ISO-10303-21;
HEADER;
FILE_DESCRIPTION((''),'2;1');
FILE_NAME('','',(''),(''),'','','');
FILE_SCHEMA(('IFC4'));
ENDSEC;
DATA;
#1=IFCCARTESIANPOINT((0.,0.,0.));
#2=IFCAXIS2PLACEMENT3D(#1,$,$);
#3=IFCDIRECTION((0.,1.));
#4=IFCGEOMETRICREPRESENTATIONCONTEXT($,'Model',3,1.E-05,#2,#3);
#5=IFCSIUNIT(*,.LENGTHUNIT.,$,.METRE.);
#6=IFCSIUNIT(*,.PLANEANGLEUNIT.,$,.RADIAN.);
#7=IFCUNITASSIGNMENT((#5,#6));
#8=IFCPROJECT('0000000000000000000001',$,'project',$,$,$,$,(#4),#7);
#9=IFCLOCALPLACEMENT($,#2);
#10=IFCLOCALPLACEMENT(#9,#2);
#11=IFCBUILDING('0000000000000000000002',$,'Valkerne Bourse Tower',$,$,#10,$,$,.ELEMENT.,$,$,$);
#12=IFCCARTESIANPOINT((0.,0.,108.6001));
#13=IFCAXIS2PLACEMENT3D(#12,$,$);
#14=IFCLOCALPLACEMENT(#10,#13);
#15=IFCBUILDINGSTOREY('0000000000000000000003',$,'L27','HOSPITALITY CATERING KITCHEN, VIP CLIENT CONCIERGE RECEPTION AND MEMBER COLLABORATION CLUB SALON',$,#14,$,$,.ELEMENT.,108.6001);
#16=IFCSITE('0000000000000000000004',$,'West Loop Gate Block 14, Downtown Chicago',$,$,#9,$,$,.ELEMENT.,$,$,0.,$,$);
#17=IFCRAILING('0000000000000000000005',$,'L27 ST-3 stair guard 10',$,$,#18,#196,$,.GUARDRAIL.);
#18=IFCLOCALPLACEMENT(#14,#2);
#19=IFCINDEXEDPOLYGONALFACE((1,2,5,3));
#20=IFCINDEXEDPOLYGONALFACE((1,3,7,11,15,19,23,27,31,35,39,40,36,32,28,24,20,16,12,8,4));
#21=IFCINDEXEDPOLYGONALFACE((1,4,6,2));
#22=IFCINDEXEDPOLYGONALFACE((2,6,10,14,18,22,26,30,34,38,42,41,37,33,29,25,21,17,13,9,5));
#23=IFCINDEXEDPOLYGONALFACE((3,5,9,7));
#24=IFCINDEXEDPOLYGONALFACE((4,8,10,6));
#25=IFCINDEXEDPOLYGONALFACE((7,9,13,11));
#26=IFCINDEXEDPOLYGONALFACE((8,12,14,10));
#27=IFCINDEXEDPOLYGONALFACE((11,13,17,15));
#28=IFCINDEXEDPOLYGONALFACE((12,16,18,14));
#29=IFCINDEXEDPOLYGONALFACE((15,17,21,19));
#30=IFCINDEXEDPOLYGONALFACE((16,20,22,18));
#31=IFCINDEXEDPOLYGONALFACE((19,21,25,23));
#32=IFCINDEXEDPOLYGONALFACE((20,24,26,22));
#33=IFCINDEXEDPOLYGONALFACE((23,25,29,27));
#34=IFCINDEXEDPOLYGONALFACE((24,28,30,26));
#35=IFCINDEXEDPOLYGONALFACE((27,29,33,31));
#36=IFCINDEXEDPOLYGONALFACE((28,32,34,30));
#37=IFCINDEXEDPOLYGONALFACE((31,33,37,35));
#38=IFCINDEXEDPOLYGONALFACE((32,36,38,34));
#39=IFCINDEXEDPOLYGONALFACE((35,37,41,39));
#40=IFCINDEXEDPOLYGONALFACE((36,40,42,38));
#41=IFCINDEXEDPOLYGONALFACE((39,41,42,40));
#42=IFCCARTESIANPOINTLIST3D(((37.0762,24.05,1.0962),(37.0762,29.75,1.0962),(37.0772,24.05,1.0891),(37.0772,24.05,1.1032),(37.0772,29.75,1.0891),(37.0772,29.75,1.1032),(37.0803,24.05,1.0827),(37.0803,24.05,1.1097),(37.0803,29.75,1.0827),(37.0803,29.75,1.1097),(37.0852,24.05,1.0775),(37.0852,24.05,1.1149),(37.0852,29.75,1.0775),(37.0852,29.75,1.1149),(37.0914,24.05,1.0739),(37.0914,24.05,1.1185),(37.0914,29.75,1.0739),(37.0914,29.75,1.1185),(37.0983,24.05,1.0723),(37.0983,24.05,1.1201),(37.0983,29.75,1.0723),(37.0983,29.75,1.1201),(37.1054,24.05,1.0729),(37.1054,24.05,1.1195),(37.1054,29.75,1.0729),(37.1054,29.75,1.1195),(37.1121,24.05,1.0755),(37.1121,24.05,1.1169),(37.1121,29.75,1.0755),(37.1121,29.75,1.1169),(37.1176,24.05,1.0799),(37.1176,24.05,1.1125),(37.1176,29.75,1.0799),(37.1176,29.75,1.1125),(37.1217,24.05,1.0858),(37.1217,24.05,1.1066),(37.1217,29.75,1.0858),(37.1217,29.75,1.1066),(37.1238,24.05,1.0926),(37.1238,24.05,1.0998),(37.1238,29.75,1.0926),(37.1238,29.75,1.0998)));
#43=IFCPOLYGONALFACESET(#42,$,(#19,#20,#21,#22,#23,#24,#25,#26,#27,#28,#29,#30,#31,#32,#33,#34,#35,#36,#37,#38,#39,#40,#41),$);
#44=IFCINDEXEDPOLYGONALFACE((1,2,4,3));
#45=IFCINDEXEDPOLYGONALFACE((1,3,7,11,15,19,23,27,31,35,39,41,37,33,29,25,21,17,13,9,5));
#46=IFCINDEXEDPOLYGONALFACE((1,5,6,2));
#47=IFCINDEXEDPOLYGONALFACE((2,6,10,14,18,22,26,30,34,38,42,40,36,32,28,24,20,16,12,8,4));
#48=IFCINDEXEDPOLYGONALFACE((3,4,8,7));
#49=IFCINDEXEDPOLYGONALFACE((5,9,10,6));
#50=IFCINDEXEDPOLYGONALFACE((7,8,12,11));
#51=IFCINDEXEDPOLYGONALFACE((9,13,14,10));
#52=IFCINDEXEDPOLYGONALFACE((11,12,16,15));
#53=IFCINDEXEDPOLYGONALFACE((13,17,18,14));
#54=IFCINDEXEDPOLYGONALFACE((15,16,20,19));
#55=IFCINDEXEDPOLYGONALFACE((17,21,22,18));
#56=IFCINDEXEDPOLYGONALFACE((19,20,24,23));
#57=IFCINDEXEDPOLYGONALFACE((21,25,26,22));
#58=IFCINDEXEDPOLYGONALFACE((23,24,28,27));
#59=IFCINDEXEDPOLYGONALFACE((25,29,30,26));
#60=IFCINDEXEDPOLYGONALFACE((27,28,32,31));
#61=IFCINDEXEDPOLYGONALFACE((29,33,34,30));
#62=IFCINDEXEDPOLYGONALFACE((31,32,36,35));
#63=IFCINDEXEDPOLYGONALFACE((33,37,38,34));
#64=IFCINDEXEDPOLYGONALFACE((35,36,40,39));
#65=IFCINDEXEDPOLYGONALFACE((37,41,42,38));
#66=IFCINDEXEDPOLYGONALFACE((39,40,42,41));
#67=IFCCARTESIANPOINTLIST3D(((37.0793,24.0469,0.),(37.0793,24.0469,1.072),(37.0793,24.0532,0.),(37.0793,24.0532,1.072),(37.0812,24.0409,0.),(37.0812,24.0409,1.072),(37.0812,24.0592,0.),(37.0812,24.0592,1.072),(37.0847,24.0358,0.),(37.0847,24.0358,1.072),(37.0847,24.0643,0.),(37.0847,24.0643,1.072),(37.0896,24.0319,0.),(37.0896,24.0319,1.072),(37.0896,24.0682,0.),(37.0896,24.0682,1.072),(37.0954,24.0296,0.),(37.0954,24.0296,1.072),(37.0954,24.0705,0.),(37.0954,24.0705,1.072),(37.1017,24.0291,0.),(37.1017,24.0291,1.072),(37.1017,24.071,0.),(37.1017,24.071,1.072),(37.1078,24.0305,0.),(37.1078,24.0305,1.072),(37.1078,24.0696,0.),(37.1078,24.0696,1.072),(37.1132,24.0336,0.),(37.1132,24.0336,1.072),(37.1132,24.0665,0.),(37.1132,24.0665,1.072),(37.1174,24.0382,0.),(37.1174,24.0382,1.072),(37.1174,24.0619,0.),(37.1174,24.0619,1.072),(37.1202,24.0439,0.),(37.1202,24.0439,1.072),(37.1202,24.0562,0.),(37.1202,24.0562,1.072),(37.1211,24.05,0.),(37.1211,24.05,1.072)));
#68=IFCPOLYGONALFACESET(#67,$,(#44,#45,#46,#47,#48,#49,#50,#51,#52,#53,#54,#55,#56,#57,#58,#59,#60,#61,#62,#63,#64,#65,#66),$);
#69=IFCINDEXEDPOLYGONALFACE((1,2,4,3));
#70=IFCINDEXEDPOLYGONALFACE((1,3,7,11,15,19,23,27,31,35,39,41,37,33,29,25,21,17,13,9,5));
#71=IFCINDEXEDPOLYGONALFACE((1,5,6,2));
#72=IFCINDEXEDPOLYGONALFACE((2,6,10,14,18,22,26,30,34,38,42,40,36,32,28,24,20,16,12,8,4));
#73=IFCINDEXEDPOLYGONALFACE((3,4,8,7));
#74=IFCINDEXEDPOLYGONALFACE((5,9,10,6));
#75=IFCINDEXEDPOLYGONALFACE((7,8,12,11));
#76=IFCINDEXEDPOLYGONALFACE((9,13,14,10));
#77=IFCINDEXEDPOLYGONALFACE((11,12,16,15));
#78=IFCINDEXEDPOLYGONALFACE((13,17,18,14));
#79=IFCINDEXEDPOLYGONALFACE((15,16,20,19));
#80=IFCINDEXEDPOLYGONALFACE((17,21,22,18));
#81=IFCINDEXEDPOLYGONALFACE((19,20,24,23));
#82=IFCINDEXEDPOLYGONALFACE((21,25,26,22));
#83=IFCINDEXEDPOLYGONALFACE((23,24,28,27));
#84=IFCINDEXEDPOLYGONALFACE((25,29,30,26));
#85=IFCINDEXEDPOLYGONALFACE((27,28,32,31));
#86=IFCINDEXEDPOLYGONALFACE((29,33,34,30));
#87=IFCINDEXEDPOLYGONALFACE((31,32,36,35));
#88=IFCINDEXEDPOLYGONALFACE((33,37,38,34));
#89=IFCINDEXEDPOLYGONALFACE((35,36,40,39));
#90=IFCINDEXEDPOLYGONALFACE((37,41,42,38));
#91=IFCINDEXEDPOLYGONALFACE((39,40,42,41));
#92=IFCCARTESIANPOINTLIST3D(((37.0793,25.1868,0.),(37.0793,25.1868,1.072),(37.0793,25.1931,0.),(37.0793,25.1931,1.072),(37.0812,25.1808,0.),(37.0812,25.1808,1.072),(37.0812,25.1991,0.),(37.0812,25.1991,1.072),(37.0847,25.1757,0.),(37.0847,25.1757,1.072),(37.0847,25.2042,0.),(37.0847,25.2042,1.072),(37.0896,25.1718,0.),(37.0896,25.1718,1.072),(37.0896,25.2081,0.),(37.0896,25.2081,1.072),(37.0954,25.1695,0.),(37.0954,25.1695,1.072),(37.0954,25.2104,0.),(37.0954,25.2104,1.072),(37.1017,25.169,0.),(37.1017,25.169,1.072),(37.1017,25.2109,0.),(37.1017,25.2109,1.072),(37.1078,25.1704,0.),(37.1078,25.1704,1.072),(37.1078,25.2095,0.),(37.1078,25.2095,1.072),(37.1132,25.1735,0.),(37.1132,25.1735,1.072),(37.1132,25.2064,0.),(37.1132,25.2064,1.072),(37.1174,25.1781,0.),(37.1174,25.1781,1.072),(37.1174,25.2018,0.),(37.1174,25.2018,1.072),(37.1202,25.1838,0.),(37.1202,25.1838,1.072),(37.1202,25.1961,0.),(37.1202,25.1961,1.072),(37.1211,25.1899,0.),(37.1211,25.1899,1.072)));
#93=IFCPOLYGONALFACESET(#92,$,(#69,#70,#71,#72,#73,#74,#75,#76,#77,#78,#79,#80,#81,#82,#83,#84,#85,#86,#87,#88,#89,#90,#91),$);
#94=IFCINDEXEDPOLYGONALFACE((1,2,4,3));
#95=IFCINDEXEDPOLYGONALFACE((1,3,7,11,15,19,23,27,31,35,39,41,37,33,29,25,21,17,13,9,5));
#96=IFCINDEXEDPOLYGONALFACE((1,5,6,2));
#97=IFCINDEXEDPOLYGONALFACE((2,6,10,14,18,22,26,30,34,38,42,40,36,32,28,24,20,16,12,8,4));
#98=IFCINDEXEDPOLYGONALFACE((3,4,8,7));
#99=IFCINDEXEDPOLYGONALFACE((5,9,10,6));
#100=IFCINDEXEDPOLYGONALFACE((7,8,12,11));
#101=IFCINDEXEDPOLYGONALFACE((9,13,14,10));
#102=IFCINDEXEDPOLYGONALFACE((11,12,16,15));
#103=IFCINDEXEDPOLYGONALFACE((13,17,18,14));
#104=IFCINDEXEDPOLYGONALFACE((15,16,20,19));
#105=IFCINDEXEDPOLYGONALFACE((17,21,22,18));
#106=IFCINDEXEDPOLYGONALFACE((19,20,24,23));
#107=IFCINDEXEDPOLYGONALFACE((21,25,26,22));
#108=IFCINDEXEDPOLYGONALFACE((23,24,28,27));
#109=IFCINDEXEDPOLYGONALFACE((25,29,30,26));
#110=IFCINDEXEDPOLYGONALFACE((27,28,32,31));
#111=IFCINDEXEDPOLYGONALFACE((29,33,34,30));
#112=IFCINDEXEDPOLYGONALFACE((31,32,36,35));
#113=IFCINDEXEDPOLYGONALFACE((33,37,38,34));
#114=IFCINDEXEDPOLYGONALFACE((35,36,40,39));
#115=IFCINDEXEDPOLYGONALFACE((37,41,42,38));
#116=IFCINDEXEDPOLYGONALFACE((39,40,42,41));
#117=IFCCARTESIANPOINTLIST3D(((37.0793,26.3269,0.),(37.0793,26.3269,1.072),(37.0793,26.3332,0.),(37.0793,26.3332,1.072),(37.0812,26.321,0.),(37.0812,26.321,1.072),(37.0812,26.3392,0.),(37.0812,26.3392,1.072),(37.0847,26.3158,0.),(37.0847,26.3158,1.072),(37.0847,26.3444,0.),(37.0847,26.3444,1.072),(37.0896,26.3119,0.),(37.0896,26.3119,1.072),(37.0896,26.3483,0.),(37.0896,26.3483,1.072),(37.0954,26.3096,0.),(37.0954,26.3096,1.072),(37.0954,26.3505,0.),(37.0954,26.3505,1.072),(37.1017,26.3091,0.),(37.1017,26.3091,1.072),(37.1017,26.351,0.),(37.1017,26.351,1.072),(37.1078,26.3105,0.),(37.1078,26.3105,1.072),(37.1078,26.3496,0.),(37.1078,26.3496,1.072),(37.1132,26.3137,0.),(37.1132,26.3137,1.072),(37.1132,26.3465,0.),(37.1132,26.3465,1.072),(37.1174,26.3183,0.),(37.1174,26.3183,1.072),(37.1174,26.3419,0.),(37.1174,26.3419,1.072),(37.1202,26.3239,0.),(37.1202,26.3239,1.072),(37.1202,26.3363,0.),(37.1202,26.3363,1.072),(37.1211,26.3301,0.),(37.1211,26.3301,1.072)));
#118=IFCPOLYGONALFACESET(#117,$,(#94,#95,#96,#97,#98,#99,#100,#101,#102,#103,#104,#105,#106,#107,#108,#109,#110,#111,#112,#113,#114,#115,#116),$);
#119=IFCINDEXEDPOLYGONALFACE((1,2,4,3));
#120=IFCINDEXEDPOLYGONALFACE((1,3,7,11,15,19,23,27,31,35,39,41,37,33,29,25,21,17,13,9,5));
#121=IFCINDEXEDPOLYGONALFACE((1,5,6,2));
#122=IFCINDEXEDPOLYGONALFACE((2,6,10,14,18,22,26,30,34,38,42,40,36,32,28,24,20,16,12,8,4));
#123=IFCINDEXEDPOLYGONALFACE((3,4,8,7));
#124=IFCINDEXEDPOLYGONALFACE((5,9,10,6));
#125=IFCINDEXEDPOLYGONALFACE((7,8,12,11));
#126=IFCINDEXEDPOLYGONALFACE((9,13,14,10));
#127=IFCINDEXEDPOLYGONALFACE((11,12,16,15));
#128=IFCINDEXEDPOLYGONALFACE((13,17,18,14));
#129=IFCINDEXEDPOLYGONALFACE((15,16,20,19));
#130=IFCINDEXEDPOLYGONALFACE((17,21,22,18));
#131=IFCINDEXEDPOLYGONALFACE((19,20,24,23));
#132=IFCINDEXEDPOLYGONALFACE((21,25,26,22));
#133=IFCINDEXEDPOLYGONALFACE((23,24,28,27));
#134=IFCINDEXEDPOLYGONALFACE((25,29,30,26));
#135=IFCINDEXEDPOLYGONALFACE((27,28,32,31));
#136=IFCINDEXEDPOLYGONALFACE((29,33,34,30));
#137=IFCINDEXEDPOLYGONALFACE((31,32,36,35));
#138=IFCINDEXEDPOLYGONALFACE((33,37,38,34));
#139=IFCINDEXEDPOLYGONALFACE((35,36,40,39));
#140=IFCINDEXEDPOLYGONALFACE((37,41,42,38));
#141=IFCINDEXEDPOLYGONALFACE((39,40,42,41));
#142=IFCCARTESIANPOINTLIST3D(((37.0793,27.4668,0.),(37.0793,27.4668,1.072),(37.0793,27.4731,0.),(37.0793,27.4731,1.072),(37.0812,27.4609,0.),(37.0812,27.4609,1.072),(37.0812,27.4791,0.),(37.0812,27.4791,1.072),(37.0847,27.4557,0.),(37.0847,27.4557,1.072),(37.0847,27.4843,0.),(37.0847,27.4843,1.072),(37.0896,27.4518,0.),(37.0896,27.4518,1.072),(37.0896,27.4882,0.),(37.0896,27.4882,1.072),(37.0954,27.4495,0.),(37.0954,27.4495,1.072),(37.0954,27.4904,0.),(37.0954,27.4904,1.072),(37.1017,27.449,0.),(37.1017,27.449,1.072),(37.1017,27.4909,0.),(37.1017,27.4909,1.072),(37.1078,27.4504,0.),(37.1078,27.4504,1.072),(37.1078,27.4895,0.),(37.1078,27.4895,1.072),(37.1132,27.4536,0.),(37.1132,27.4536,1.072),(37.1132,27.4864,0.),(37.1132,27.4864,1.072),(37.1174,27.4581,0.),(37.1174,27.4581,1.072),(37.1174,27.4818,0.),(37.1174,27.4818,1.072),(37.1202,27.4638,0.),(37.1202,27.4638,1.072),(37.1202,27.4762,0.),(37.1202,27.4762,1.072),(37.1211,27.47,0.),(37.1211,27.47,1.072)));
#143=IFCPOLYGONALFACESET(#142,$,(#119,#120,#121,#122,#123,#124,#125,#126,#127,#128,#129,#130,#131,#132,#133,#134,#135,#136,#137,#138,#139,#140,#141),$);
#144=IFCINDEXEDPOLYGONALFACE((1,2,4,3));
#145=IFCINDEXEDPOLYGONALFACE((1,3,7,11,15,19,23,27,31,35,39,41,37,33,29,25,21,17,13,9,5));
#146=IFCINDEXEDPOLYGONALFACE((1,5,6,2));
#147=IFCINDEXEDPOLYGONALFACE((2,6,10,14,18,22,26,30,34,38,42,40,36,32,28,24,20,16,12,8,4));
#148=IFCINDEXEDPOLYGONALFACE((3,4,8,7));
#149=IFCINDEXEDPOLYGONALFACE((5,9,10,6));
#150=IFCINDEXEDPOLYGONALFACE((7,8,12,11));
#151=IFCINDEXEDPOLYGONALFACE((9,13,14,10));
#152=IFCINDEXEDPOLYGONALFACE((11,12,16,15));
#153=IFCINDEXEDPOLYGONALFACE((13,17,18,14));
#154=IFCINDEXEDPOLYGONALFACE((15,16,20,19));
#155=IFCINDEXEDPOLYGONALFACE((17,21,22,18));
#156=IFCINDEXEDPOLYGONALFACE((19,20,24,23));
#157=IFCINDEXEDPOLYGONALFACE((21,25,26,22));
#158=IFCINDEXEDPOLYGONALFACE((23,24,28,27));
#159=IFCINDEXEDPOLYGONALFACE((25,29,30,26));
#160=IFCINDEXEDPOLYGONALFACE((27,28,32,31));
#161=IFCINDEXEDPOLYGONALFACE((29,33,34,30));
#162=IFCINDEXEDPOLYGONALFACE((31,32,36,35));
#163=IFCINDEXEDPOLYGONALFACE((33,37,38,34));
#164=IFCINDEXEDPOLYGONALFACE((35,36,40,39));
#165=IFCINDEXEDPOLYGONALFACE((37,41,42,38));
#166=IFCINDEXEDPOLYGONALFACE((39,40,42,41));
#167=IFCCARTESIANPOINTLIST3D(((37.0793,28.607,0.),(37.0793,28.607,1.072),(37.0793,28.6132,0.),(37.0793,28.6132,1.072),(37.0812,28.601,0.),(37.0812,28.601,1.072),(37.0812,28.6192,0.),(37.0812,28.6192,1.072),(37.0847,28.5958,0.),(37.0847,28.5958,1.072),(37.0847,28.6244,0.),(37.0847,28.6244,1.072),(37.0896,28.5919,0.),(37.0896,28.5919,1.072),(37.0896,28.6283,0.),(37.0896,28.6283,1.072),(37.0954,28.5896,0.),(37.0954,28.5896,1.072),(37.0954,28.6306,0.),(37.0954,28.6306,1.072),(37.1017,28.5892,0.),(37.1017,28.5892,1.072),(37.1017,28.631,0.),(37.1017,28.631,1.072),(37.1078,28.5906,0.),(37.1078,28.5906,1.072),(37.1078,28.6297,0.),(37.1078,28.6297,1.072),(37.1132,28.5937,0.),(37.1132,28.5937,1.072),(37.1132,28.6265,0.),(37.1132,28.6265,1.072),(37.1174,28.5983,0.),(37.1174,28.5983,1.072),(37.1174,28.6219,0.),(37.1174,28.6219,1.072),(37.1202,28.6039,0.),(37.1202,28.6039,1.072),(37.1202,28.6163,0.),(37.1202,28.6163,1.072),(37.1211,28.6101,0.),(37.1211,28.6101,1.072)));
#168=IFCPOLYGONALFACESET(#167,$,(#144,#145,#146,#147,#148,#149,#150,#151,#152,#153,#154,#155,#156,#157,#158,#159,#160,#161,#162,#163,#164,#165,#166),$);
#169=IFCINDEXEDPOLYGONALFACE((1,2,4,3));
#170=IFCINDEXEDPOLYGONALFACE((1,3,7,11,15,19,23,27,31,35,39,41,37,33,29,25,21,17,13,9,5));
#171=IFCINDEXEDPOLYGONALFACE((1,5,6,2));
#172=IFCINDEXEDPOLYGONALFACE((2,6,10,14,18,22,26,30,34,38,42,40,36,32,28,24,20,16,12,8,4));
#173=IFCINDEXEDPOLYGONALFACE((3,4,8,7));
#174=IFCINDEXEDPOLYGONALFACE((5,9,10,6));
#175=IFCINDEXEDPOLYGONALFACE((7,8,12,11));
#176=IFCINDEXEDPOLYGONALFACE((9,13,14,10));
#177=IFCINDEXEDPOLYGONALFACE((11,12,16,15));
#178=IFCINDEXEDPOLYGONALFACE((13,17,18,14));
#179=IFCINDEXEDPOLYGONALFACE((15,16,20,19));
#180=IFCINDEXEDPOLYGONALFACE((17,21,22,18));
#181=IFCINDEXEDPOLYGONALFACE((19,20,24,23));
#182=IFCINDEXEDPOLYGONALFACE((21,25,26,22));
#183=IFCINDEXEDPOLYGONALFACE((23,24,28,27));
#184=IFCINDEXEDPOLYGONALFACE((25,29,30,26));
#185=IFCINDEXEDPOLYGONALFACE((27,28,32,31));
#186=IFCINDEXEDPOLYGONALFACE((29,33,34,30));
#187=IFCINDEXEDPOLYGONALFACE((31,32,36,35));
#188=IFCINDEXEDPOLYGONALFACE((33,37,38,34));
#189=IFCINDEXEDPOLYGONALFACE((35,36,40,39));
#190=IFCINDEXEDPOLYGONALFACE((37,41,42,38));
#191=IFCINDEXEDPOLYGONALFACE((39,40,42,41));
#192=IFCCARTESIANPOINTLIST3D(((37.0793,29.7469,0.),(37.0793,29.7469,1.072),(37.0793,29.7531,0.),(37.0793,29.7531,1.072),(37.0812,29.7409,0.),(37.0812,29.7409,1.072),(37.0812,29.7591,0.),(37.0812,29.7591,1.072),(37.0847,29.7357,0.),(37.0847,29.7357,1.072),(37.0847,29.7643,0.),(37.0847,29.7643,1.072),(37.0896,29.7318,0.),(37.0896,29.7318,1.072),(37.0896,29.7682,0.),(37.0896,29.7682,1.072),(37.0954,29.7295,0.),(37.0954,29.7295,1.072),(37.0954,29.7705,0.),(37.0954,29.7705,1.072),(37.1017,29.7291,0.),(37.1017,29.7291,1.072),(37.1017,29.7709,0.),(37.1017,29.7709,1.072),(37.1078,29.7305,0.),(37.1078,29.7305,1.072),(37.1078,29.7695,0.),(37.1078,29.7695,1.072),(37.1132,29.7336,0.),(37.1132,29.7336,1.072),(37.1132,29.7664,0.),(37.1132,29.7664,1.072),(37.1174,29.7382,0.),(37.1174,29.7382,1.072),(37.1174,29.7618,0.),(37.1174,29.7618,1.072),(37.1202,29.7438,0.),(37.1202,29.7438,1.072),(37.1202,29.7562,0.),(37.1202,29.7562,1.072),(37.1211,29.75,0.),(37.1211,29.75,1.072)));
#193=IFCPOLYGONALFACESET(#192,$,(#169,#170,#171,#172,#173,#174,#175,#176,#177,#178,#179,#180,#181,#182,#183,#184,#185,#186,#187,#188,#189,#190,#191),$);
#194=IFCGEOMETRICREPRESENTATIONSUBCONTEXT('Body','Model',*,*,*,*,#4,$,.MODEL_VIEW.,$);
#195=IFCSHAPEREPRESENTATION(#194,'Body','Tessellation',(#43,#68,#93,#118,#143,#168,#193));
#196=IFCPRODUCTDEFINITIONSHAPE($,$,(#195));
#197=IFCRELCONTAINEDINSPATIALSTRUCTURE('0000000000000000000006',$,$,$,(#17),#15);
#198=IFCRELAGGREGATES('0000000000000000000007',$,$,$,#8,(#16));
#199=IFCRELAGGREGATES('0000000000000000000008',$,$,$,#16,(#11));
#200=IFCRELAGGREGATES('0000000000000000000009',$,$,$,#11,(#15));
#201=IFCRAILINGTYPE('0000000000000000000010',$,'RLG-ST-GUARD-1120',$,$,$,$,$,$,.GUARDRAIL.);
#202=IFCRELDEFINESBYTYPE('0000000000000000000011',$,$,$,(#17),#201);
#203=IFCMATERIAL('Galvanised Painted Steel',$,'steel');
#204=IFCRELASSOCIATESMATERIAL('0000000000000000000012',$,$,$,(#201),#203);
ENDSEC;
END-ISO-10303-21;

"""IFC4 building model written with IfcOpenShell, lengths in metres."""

from ifc_helpers import new_model, si_unit, direction, frame, origin, origin_2d, place, context, subcontext, project, spatial, circle, extrude, material, type_object, element, save


model = new_model("IFC4")

# Units and contexts
model_context = context("Model", 3, precision=1e-05, world=origin(), true_north=direction((0.0, 1.0)))
body_context = subcontext(model_context, "Body", "Model", "MODEL_VIEW")
ifc_project = project(units=[si_unit("LENGTHUNIT", "METRE"), si_unit("PLANEANGLEUNIT", "RADIAN")], contexts=[model_context])

# Site, building, storey
site_placement = place(None, origin())
site = spatial("IfcSite", under=ifc_project, at=site_placement, Name="West Loop Gate Block 14, Downtown Chicago", CompositionType="ELEMENT", RefElevation=0.0)
building_placement = place(site_placement, origin())
building = spatial("IfcBuilding", under=site, at=building_placement, Name="Valkerne Bourse Tower", CompositionType="ELEMENT")
storey_placement = place(building_placement, frame((0.0, 0.0, 108.6001)))
storey = spatial("IfcBuildingStorey", under=building, at=storey_placement, Name="L27", Description="HOSPITALITY CATERING KITCHEN, VIP CLIENT CONCIERGE RECEPTION AND MEMBER COLLABORATION CLUB SALON", CompositionType="ELEMENT", Elevation=108.6001)

# Railing
ifc_material_1 = material(Name="Galvanised Painted Steel", Category="steel")
railing_type_1 = type_object("IfcRailingType", Name="RLG-ST-GUARD-1120", PredefinedType="GUARDRAIL", material=ifc_material_1)
for number, where, name in (
    (1, (37.1001, 24.05, 0.0), "L27 ST-3 stair guard 10"),
):
    element("IfcRailing", number, at=place(storey_placement, frame(where)), inside=storey, type_object=railing_type_1, Name=name, PredefinedType="GUARDRAIL", context=body_context, shape_type="SweptSolid", body=[
        extrude(circle(Radius=0.0239, at=origin_2d()), frame((0.0, 0.0, 1.0962), z_axis=(0.0, 1.0, 0.0), x_axis=(-1.0, 0.0, 0.0)), (0.0, 0.0, 1.0), 5.7),
        extrude(circle(Radius=0.021, at=origin_2d()), origin(), (0.0, 0.0, 1.0), 1.072),
        extrude(circle(Radius=0.021, at=origin_2d()), frame((0.0, 1.1399, 0.0)), (0.0, 0.0, 1.0), 1.072),
        extrude(circle(Radius=0.021, at=origin_2d()), frame((0.0, 2.28, 0.0)), (0.0, 0.0, 1.0), 1.072),
        extrude(circle(Radius=0.021, at=origin_2d()), frame((0.0, 3.4199, 0.0)), (0.0, 0.0, 1.0), 1.072),
        extrude(circle(Radius=0.021, at=origin_2d()), frame((0.0, 4.5601, 0.0)), (0.0, 0.0, 1.0), 1.072),
        extrude(circle(Radius=0.021, at=origin_2d()), frame((0.0, 5.7, 0.0)), (0.0, 0.0, 1.0), 1.072),
    ])

save(model, "model.ifc")
